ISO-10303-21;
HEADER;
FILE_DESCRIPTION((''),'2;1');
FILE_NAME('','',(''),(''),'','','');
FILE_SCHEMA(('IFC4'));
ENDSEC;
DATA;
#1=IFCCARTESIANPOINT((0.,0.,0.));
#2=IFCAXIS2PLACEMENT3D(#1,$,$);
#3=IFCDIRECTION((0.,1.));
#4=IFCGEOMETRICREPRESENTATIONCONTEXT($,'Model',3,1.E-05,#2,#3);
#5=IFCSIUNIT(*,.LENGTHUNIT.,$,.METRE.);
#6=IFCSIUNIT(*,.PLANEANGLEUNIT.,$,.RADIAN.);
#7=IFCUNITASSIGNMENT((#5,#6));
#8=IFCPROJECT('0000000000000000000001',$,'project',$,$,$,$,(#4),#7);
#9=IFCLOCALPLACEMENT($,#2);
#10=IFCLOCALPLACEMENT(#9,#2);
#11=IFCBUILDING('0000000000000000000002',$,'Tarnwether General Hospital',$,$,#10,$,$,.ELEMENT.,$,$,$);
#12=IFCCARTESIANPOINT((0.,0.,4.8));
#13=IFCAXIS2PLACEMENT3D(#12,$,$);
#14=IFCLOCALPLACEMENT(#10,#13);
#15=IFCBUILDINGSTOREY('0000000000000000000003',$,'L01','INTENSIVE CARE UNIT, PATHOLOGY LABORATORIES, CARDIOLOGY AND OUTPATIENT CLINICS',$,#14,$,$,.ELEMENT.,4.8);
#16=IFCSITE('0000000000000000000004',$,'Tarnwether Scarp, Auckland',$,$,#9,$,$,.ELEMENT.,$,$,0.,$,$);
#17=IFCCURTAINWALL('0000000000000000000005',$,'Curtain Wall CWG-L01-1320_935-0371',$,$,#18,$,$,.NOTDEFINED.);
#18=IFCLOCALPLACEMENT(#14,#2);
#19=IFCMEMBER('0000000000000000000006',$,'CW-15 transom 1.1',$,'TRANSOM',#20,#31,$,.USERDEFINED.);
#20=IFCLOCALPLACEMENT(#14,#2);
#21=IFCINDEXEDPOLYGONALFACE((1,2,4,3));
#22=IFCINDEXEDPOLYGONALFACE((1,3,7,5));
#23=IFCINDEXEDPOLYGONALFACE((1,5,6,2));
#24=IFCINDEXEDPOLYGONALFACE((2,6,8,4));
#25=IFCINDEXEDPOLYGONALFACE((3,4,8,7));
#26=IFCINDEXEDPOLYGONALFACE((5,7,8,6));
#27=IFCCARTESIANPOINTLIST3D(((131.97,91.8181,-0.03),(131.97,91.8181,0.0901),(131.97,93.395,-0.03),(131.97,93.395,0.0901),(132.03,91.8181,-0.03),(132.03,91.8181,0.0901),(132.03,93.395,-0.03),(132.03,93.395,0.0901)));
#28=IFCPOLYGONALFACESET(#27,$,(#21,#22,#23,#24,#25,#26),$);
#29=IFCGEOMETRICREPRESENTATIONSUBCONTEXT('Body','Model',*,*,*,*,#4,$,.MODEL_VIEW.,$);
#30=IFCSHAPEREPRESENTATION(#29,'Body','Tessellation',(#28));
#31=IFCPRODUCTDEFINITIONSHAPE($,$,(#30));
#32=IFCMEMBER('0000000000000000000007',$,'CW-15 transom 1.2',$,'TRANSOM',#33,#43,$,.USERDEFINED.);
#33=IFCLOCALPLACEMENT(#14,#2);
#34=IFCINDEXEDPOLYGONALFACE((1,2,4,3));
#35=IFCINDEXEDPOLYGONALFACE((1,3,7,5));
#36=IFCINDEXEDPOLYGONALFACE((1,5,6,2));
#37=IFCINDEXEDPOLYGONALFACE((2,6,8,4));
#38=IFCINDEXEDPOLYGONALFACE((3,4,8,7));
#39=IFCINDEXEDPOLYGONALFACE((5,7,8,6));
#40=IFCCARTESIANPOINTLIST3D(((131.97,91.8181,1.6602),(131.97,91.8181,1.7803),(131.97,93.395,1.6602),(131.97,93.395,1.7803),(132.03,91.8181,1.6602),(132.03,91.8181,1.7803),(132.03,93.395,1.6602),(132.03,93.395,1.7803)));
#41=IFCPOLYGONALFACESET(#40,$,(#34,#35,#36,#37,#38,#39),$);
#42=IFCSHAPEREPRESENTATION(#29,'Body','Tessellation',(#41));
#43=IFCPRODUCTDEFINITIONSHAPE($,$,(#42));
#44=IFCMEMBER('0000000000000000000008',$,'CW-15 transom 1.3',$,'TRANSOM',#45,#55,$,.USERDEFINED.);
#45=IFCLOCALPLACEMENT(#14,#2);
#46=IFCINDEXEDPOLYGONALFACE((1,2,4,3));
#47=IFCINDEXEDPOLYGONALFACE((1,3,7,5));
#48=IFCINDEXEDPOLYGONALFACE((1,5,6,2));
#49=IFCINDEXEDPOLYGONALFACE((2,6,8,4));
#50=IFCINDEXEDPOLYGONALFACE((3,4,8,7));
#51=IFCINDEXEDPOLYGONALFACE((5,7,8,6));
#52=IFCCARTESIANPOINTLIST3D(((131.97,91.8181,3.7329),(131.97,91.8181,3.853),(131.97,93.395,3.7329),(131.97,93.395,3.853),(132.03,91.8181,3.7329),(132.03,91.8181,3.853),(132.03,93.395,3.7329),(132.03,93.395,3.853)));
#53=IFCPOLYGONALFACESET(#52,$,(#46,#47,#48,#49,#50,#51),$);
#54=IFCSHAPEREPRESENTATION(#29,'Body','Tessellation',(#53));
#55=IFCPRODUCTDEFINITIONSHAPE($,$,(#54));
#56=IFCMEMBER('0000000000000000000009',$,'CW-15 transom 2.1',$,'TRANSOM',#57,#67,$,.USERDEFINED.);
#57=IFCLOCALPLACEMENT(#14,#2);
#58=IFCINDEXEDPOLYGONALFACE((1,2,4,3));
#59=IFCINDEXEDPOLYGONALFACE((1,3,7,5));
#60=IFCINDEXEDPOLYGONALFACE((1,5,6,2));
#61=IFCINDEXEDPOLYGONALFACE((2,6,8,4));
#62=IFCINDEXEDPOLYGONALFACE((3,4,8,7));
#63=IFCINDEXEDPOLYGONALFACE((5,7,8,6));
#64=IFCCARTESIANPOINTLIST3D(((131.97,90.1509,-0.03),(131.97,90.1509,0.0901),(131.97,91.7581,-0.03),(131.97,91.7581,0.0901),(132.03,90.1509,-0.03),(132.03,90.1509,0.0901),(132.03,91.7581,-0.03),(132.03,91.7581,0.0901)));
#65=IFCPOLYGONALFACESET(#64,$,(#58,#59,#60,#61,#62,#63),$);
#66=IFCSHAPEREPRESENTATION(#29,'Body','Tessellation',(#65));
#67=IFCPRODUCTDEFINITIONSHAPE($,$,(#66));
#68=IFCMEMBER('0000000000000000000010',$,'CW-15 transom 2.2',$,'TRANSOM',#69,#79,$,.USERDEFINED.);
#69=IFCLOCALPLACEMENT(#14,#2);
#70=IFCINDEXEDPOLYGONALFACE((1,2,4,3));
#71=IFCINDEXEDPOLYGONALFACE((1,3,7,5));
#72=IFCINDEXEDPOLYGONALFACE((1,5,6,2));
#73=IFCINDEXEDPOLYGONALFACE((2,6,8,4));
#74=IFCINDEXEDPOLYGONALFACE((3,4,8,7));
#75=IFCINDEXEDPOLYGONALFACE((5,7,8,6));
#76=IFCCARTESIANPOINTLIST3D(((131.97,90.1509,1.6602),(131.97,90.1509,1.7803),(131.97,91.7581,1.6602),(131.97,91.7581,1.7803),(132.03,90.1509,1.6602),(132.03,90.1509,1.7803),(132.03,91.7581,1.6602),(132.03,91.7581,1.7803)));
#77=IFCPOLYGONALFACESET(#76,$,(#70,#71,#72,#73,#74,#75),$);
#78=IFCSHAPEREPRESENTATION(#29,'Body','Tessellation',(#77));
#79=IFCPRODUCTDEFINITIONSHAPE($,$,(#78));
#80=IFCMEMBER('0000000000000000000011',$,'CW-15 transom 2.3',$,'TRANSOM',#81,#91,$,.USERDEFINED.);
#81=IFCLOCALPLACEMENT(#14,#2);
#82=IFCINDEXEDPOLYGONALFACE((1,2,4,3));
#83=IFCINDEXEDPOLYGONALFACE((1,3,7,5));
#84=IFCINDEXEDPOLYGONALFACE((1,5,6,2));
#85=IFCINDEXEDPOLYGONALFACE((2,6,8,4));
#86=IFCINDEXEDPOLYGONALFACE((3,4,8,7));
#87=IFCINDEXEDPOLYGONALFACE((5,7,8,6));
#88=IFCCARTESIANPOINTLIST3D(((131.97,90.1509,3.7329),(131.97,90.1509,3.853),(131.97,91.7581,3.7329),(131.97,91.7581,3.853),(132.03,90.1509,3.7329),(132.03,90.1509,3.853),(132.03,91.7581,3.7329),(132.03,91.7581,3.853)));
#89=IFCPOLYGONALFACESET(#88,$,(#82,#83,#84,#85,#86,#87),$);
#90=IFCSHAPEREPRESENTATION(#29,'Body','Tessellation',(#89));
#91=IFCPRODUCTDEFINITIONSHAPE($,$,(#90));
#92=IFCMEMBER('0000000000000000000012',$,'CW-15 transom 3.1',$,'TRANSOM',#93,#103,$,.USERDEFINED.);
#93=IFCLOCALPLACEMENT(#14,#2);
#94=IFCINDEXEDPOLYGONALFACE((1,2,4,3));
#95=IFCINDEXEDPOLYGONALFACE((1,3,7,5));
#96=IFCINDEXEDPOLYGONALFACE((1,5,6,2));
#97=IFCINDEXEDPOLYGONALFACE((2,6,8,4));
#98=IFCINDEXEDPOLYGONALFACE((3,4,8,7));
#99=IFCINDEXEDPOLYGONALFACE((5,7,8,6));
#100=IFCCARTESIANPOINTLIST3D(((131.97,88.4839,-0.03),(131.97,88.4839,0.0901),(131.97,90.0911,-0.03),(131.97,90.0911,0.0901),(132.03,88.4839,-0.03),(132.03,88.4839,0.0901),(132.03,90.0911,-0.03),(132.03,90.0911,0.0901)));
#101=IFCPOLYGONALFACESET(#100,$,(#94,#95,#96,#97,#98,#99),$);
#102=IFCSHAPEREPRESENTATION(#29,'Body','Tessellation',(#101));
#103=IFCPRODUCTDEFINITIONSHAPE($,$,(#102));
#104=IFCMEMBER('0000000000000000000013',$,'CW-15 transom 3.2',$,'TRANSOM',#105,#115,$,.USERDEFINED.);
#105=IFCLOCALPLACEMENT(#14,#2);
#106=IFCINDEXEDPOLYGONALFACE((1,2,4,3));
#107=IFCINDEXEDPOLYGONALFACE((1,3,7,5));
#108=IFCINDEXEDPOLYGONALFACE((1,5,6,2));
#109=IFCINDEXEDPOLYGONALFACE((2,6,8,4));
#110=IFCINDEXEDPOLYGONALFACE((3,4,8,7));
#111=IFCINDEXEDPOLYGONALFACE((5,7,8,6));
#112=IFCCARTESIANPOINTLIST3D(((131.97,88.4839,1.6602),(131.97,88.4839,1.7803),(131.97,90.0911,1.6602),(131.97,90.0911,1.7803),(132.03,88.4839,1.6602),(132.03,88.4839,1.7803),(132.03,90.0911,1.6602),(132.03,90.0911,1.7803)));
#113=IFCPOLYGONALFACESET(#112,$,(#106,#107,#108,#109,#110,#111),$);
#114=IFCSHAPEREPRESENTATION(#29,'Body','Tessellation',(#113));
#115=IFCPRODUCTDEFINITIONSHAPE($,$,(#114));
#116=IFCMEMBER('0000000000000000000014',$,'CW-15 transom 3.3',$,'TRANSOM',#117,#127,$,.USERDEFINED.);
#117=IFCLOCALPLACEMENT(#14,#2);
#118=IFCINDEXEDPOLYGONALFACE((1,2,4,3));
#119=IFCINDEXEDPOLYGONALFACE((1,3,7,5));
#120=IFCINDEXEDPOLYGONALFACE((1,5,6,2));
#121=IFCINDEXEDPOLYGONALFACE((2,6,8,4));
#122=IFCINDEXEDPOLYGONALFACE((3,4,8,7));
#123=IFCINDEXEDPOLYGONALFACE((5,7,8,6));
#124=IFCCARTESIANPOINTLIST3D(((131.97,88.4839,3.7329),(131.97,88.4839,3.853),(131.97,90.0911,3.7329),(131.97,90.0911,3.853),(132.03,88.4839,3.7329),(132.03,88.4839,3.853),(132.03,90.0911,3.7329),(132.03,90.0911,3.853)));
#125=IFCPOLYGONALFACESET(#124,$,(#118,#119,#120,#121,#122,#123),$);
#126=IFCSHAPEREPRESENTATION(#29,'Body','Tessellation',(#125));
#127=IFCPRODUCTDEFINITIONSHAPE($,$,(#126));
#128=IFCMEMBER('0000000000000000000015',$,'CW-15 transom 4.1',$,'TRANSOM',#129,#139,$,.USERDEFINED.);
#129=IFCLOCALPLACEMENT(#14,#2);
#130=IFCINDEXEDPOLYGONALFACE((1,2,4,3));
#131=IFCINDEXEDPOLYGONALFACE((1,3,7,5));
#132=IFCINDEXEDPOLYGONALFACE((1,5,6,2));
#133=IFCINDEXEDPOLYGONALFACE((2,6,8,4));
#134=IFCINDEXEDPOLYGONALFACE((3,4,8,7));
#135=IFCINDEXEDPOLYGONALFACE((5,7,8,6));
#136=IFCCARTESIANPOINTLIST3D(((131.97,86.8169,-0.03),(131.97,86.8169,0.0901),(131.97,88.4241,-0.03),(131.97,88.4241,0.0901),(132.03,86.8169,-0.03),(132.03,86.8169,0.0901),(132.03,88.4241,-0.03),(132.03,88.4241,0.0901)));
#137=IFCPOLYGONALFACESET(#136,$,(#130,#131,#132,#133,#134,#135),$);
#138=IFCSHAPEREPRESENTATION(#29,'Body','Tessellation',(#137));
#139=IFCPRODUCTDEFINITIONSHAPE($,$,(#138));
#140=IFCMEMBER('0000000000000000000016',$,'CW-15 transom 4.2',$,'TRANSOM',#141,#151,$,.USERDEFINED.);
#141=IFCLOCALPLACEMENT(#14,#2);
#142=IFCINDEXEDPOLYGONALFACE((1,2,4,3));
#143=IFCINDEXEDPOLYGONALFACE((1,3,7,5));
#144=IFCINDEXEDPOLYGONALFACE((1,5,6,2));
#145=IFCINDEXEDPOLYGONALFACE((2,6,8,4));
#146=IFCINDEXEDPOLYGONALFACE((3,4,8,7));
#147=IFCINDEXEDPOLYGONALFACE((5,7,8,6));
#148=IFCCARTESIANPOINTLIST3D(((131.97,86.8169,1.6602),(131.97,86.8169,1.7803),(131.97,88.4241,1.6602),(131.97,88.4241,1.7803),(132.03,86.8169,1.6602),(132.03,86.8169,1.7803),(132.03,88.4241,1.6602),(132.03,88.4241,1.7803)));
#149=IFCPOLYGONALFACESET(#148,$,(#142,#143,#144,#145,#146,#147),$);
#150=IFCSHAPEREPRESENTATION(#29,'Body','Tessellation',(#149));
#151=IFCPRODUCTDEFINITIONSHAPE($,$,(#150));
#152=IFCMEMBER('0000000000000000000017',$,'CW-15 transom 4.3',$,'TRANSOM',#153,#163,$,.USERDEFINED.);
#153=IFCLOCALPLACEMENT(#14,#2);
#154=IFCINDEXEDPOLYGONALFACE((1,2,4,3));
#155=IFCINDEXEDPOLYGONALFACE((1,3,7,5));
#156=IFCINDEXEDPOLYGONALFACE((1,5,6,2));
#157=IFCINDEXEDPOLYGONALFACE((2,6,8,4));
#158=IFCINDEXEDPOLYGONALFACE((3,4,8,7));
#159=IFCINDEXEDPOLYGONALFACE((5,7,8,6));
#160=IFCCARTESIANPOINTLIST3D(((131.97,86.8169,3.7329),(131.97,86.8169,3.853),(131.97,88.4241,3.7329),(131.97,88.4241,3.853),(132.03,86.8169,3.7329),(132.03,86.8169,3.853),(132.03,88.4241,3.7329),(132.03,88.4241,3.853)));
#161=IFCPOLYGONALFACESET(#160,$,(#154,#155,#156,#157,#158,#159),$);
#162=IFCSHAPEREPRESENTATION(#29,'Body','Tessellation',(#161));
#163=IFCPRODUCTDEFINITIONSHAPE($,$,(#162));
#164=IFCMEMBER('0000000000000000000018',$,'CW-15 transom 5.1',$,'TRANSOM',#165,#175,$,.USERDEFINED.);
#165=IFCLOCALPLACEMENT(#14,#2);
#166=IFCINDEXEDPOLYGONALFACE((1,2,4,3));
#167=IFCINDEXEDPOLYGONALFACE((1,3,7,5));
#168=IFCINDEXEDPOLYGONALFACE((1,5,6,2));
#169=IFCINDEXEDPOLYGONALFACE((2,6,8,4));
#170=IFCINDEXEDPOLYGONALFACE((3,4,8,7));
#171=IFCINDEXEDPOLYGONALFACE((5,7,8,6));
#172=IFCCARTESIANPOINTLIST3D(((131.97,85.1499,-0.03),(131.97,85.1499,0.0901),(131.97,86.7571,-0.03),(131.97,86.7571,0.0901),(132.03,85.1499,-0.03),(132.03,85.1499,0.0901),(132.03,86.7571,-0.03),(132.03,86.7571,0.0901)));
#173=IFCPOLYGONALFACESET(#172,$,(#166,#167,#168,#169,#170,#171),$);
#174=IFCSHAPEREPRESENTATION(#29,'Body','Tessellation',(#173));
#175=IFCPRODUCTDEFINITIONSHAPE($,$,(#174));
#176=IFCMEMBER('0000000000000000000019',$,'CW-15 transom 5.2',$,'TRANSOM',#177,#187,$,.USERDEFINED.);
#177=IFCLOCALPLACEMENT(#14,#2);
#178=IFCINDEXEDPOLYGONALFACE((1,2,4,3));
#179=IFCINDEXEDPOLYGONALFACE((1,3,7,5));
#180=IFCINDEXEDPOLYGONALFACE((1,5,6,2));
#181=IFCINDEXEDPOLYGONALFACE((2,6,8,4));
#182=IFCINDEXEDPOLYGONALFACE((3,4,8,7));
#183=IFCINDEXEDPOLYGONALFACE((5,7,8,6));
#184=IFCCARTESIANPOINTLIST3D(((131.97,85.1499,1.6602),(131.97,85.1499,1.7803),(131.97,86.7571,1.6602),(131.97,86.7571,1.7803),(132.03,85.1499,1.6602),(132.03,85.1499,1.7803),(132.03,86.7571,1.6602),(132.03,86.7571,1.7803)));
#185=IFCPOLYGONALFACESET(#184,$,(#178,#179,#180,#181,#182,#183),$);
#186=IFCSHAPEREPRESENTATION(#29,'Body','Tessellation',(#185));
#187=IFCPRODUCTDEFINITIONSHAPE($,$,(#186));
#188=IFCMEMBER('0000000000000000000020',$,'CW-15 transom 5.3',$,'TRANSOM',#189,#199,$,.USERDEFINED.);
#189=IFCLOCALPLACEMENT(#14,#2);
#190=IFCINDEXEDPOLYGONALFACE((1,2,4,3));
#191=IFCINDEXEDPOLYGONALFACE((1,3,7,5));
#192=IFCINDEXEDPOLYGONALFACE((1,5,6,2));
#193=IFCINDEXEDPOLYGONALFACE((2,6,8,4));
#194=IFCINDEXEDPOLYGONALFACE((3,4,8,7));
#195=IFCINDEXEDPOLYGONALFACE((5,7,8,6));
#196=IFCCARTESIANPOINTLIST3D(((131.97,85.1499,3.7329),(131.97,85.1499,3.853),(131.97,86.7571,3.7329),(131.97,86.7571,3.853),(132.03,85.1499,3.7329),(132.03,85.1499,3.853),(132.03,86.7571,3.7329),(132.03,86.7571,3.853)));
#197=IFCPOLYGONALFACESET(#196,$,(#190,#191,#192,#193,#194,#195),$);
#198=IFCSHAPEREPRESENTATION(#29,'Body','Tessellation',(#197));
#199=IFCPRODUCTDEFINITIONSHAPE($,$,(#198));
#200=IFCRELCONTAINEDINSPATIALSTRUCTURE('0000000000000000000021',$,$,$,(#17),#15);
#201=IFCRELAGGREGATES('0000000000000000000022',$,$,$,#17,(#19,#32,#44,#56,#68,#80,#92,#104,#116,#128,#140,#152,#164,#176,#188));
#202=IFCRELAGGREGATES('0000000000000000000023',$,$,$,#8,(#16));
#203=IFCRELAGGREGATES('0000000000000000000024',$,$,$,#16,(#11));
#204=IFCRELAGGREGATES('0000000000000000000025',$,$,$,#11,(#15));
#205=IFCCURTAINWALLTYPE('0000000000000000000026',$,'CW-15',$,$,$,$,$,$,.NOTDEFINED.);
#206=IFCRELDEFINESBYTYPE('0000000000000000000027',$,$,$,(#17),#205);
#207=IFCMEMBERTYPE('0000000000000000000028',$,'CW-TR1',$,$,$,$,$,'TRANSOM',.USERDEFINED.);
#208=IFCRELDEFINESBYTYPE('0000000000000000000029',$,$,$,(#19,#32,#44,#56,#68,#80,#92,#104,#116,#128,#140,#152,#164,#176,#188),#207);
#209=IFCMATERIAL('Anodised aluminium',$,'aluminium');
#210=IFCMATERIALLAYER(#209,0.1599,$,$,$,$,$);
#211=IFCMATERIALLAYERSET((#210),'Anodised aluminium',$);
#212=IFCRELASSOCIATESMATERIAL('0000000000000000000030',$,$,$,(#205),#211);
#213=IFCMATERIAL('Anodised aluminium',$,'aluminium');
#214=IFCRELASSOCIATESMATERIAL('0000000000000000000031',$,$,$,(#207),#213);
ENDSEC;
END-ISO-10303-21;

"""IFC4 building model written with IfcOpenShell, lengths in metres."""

from ifc_helpers import new_model, si_unit, direction, frame, origin, origin_2d, place, context, subcontext, project, spatial, rectangle, extrude, material, layer, layer_set, material_profile, profile_set, type_object, element, aggregate, save


model = new_model("IFC4")

# Units and contexts
model_context = context("Model", 3, precision=1e-05, world=origin(), true_north=direction((0.0, 1.0)))
body_context = subcontext(model_context, "Body", "Model", "MODEL_VIEW")
ifc_project = project(units=[si_unit("LENGTHUNIT", "METRE"), si_unit("PLANEANGLEUNIT", "RADIAN")], contexts=[model_context])

# Site, building, storey
site_placement = place(None, origin())
site = spatial("IfcSite", under=ifc_project, at=site_placement, Name="Tarnwether Scarp, Auckland", CompositionType="ELEMENT", RefElevation=0.0)
building_placement = place(site_placement, origin())
building = spatial("IfcBuilding", under=site, at=building_placement, Name="Tarnwether General Hospital", CompositionType="ELEMENT")
storey_placement = place(building_placement, frame((0.0, 0.0, 4.8)))
storey = spatial("IfcBuildingStorey", under=building, at=storey_placement, Name="L01", Description="INTENSIVE CARE UNIT, PATHOLOGY LABORATORIES, CARDIOLOGY AND OUTPATIENT CLINICS", CompositionType="ELEMENT", Elevation=4.8)

# Curtain wall
ifc_material_1 = material(Name="Anodised aluminium", Category="aluminium")
ifc_layer_1 = layer(ifc_material_1, 0.1599)
ifc_layer_set_1 = layer_set([ifc_layer_1], Name="Anodised aluminium")
curtain_wall_type = type_object("IfcCurtainWallType", Name="CW-15", PredefinedType="NOTDEFINED", material=ifc_layer_set_1)
curtain_wall_1_placement = place(storey_placement, origin())
curtain_wall_1 = element("IfcCurtainWall", 1, at=curtain_wall_1_placement, inside=storey, type_object=curtain_wall_type, Name="Curtain Wall CWG-L01-1320_935-0371", PredefinedType="NOTDEFINED")

# Members
ifc_material_2 = material(Name="Anodised aluminium", Category="aluminium")
ifc_material_profile_1 = material_profile(ifc_material_2, rectangle(XDim=0.0601, YDim=0.1201, at=origin_2d()), Name="ALU-TRN-60x120")
ifc_profile_set_1 = profile_set([ifc_material_profile_1], Name="Anodised aluminium")
member_type_1 = type_object("IfcMemberType", Name="CW-TR1", ElementType="TRANSOM", PredefinedType="USERDEFINED", material=ifc_profile_set_1)
member_1_placement = place(storey_placement, frame((132.0, 93.395, 0.03), z_axis=(0.0, -1.0, 0.0), x_axis=(1.0, 0.0, 0.0)))
member_1 = element("IfcMember", 2, at=member_1_placement, type_object=member_type_1, Name="CW-15 transom 1.1", ObjectType="TRANSOM", PredefinedType="USERDEFINED", context=body_context, shape_type="SweptSolid", body=[
    extrude(rectangle(XDim=0.0601, YDim=0.1201, at=origin_2d()), origin(), (0.0, 0.0, 1.0), 1.5769),
])
member_2_placement = place(storey_placement, frame((132.0, 93.395, 1.7202), z_axis=(0.0, -1.0, 0.0), x_axis=(1.0, 0.0, 0.0)))
member_2 = element("IfcMember", 3, at=member_2_placement, type_object=member_type_1, Name="CW-15 transom 1.2", ObjectType="TRANSOM", PredefinedType="USERDEFINED", context=body_context, shape_type="SweptSolid", body=[
    extrude(rectangle(XDim=0.0601, YDim=0.1201, at=origin_2d()), origin(), (0.0, 0.0, 1.0), 1.5769),
])
member_3_placement = place(storey_placement, frame((132.0, 93.395, 3.793), z_axis=(0.0, -1.0, 0.0), x_axis=(1.0, 0.0, 0.0)))
member_3 = element("IfcMember", 4, at=member_3_placement, type_object=member_type_1, Name="CW-15 transom 1.3", ObjectType="TRANSOM", PredefinedType="USERDEFINED", context=body_context, shape_type="SweptSolid", body=[
    extrude(rectangle(XDim=0.0601, YDim=0.1201, at=origin_2d()), origin(), (0.0, 0.0, 1.0), 1.5769),
])
member_4_placement = place(storey_placement, frame((132.0, 91.7581, 0.03), z_axis=(0.0, -1.0, 0.0), x_axis=(1.0, 0.0, 0.0)))
member_4 = element("IfcMember", 5, at=member_4_placement, type_object=member_type_1, Name="CW-15 transom 2.1", ObjectType="TRANSOM", PredefinedType="USERDEFINED", context=body_context, shape_type="SweptSolid", body=[
    extrude(rectangle(XDim=0.0601, YDim=0.1201, at=origin_2d()), origin(), (0.0, 0.0, 1.0), 1.6072),
])
member_5_placement = place(storey_placement, frame((132.0, 91.7581, 1.7202), z_axis=(0.0, -1.0, 0.0), x_axis=(1.0, 0.0, 0.0)))
member_5 = element("IfcMember", 6, at=member_5_placement, type_object=member_type_1, Name="CW-15 transom 2.2", ObjectType="TRANSOM", PredefinedType="USERDEFINED", context=body_context, shape_type="SweptSolid", body=[
    extrude(rectangle(XDim=0.0601, YDim=0.1201, at=origin_2d()), origin(), (0.0, 0.0, 1.0), 1.6072),
])
member_6_placement = place(storey_placement, frame((132.0, 91.7581, 3.793), z_axis=(0.0, -1.0, 0.0), x_axis=(1.0, 0.0, 0.0)))
member_6 = element("IfcMember", 7, at=member_6_placement, type_object=member_type_1, Name="CW-15 transom 2.3", ObjectType="TRANSOM", PredefinedType="USERDEFINED", context=body_context, shape_type="SweptSolid", body=[
    extrude(rectangle(XDim=0.0601, YDim=0.1201, at=origin_2d()), origin(), (0.0, 0.0, 1.0), 1.6072),
])
member_7_placement = place(storey_placement, frame((132.0, 90.0911, 0.03), z_axis=(0.0, -1.0, 0.0), x_axis=(1.0, 0.0, 0.0)))
member_7 = element("IfcMember", 8, at=member_7_placement, type_object=member_type_1, Name="CW-15 transom 3.1", ObjectType="TRANSOM", PredefinedType="USERDEFINED", context=body_context, shape_type="SweptSolid", body=[
    extrude(rectangle(XDim=0.0601, YDim=0.1201, at=origin_2d()), origin(), (0.0, 0.0, 1.0), 1.6072),
])
member_8_placement = place(storey_placement, frame((132.0, 90.0911, 1.7202), z_axis=(0.0, -1.0, 0.0), x_axis=(1.0, 0.0, 0.0)))
member_8 = element("IfcMember", 9, at=member_8_placement, type_object=member_type_1, Name="CW-15 transom 3.2", ObjectType="TRANSOM", PredefinedType="USERDEFINED", context=body_context, shape_type="SweptSolid", body=[
    extrude(rectangle(XDim=0.0601, YDim=0.1201, at=origin_2d()), origin(), (0.0, 0.0, 1.0), 1.6072),
])
member_9_placement = place(storey_placement, frame((132.0, 90.0911, 3.793), z_axis=(0.0, -1.0, 0.0), x_axis=(1.0, 0.0, 0.0)))
member_9 = element("IfcMember", 10, at=member_9_placement, type_object=member_type_1, Name="CW-15 transom 3.3", ObjectType="TRANSOM", PredefinedType="USERDEFINED", context=body_context, shape_type="SweptSolid", body=[
    extrude(rectangle(XDim=0.0601, YDim=0.1201, at=origin_2d()), origin(), (0.0, 0.0, 1.0), 1.6072),
])
member_10_placement = place(storey_placement, frame((132.0, 88.4241, 0.03), z_axis=(0.0, -1.0, 0.0), x_axis=(1.0, 0.0, 0.0)))
member_10 = element("IfcMember", 11, at=member_10_placement, type_object=member_type_1, Name="CW-15 transom 4.1", ObjectType="TRANSOM", PredefinedType="USERDEFINED", context=body_context, shape_type="SweptSolid", body=[
    extrude(rectangle(XDim=0.0601, YDim=0.1201, at=origin_2d()), origin(), (0.0, 0.0, 1.0), 1.6072),
])
member_11_placement = place(storey_placement, frame((132.0, 88.4241, 1.7202), z_axis=(0.0, -1.0, 0.0), x_axis=(1.0, 0.0, 0.0)))
member_11 = element("IfcMember", 12, at=member_11_placement, type_object=member_type_1, Name="CW-15 transom 4.2", ObjectType="TRANSOM", PredefinedType="USERDEFINED", context=body_context, shape_type="SweptSolid", body=[
    extrude(rectangle(XDim=0.0601, YDim=0.1201, at=origin_2d()), origin(), (0.0, 0.0, 1.0), 1.6072),
])
member_12_placement = place(storey_placement, frame((132.0, 88.4241, 3.793), z_axis=(0.0, -1.0, 0.0), x_axis=(1.0, 0.0, 0.0)))
member_12 = element("IfcMember", 13, at=member_12_placement, type_object=member_type_1, Name="CW-15 transom 4.3", ObjectType="TRANSOM", PredefinedType="USERDEFINED", context=body_context, shape_type="SweptSolid", body=[
    extrude(rectangle(XDim=0.0601, YDim=0.1201, at=origin_2d()), origin(), (0.0, 0.0, 1.0), 1.6072),
])
member_13_placement = place(storey_placement, frame((132.0, 86.7571, 0.03), z_axis=(0.0, -1.0, 0.0), x_axis=(1.0, 0.0, 0.0)))
member_13 = element("IfcMember", 14, at=member_13_placement, type_object=member_type_1, Name="CW-15 transom 5.1", ObjectType="TRANSOM", PredefinedType="USERDEFINED", context=body_context, shape_type="SweptSolid", body=[
    extrude(rectangle(XDim=0.0601, YDim=0.1201, at=origin_2d()), origin(), (0.0, 0.0, 1.0), 1.6072),
])
member_14_placement = place(storey_placement, frame((132.0, 86.7571, 1.7202), z_axis=(0.0, -1.0, 0.0), x_axis=(1.0, 0.0, 0.0)))
member_14 = element("IfcMember", 15, at=member_14_placement, type_object=member_type_1, Name="CW-15 transom 5.2", ObjectType="TRANSOM", PredefinedType="USERDEFINED", context=body_context, shape_type="SweptSolid", body=[
    extrude(rectangle(XDim=0.0601, YDim=0.1201, at=origin_2d()), origin(), (0.0, 0.0, 1.0), 1.6072),
])
member_15_placement = place(storey_placement, frame((132.0, 86.7571, 3.793), z_axis=(0.0, -1.0, 0.0), x_axis=(1.0, 0.0, 0.0)))
member_15 = element("IfcMember", 16, at=member_15_placement, type_object=member_type_1, Name="CW-15 transom 5.3", ObjectType="TRANSOM", PredefinedType="USERDEFINED", context=body_context, shape_type="SweptSolid", body=[
    extrude(rectangle(XDim=0.0601, YDim=0.1201, at=origin_2d()), origin(), (0.0, 0.0, 1.0), 1.6072),
])

aggregate(curtain_wall_1, [member_1, member_2, member_3, member_4, member_5, member_6, member_7, member_8, member_9, member_10, member_11, member_12, member_13, member_14, member_15])

save(model, "model.ifc")
